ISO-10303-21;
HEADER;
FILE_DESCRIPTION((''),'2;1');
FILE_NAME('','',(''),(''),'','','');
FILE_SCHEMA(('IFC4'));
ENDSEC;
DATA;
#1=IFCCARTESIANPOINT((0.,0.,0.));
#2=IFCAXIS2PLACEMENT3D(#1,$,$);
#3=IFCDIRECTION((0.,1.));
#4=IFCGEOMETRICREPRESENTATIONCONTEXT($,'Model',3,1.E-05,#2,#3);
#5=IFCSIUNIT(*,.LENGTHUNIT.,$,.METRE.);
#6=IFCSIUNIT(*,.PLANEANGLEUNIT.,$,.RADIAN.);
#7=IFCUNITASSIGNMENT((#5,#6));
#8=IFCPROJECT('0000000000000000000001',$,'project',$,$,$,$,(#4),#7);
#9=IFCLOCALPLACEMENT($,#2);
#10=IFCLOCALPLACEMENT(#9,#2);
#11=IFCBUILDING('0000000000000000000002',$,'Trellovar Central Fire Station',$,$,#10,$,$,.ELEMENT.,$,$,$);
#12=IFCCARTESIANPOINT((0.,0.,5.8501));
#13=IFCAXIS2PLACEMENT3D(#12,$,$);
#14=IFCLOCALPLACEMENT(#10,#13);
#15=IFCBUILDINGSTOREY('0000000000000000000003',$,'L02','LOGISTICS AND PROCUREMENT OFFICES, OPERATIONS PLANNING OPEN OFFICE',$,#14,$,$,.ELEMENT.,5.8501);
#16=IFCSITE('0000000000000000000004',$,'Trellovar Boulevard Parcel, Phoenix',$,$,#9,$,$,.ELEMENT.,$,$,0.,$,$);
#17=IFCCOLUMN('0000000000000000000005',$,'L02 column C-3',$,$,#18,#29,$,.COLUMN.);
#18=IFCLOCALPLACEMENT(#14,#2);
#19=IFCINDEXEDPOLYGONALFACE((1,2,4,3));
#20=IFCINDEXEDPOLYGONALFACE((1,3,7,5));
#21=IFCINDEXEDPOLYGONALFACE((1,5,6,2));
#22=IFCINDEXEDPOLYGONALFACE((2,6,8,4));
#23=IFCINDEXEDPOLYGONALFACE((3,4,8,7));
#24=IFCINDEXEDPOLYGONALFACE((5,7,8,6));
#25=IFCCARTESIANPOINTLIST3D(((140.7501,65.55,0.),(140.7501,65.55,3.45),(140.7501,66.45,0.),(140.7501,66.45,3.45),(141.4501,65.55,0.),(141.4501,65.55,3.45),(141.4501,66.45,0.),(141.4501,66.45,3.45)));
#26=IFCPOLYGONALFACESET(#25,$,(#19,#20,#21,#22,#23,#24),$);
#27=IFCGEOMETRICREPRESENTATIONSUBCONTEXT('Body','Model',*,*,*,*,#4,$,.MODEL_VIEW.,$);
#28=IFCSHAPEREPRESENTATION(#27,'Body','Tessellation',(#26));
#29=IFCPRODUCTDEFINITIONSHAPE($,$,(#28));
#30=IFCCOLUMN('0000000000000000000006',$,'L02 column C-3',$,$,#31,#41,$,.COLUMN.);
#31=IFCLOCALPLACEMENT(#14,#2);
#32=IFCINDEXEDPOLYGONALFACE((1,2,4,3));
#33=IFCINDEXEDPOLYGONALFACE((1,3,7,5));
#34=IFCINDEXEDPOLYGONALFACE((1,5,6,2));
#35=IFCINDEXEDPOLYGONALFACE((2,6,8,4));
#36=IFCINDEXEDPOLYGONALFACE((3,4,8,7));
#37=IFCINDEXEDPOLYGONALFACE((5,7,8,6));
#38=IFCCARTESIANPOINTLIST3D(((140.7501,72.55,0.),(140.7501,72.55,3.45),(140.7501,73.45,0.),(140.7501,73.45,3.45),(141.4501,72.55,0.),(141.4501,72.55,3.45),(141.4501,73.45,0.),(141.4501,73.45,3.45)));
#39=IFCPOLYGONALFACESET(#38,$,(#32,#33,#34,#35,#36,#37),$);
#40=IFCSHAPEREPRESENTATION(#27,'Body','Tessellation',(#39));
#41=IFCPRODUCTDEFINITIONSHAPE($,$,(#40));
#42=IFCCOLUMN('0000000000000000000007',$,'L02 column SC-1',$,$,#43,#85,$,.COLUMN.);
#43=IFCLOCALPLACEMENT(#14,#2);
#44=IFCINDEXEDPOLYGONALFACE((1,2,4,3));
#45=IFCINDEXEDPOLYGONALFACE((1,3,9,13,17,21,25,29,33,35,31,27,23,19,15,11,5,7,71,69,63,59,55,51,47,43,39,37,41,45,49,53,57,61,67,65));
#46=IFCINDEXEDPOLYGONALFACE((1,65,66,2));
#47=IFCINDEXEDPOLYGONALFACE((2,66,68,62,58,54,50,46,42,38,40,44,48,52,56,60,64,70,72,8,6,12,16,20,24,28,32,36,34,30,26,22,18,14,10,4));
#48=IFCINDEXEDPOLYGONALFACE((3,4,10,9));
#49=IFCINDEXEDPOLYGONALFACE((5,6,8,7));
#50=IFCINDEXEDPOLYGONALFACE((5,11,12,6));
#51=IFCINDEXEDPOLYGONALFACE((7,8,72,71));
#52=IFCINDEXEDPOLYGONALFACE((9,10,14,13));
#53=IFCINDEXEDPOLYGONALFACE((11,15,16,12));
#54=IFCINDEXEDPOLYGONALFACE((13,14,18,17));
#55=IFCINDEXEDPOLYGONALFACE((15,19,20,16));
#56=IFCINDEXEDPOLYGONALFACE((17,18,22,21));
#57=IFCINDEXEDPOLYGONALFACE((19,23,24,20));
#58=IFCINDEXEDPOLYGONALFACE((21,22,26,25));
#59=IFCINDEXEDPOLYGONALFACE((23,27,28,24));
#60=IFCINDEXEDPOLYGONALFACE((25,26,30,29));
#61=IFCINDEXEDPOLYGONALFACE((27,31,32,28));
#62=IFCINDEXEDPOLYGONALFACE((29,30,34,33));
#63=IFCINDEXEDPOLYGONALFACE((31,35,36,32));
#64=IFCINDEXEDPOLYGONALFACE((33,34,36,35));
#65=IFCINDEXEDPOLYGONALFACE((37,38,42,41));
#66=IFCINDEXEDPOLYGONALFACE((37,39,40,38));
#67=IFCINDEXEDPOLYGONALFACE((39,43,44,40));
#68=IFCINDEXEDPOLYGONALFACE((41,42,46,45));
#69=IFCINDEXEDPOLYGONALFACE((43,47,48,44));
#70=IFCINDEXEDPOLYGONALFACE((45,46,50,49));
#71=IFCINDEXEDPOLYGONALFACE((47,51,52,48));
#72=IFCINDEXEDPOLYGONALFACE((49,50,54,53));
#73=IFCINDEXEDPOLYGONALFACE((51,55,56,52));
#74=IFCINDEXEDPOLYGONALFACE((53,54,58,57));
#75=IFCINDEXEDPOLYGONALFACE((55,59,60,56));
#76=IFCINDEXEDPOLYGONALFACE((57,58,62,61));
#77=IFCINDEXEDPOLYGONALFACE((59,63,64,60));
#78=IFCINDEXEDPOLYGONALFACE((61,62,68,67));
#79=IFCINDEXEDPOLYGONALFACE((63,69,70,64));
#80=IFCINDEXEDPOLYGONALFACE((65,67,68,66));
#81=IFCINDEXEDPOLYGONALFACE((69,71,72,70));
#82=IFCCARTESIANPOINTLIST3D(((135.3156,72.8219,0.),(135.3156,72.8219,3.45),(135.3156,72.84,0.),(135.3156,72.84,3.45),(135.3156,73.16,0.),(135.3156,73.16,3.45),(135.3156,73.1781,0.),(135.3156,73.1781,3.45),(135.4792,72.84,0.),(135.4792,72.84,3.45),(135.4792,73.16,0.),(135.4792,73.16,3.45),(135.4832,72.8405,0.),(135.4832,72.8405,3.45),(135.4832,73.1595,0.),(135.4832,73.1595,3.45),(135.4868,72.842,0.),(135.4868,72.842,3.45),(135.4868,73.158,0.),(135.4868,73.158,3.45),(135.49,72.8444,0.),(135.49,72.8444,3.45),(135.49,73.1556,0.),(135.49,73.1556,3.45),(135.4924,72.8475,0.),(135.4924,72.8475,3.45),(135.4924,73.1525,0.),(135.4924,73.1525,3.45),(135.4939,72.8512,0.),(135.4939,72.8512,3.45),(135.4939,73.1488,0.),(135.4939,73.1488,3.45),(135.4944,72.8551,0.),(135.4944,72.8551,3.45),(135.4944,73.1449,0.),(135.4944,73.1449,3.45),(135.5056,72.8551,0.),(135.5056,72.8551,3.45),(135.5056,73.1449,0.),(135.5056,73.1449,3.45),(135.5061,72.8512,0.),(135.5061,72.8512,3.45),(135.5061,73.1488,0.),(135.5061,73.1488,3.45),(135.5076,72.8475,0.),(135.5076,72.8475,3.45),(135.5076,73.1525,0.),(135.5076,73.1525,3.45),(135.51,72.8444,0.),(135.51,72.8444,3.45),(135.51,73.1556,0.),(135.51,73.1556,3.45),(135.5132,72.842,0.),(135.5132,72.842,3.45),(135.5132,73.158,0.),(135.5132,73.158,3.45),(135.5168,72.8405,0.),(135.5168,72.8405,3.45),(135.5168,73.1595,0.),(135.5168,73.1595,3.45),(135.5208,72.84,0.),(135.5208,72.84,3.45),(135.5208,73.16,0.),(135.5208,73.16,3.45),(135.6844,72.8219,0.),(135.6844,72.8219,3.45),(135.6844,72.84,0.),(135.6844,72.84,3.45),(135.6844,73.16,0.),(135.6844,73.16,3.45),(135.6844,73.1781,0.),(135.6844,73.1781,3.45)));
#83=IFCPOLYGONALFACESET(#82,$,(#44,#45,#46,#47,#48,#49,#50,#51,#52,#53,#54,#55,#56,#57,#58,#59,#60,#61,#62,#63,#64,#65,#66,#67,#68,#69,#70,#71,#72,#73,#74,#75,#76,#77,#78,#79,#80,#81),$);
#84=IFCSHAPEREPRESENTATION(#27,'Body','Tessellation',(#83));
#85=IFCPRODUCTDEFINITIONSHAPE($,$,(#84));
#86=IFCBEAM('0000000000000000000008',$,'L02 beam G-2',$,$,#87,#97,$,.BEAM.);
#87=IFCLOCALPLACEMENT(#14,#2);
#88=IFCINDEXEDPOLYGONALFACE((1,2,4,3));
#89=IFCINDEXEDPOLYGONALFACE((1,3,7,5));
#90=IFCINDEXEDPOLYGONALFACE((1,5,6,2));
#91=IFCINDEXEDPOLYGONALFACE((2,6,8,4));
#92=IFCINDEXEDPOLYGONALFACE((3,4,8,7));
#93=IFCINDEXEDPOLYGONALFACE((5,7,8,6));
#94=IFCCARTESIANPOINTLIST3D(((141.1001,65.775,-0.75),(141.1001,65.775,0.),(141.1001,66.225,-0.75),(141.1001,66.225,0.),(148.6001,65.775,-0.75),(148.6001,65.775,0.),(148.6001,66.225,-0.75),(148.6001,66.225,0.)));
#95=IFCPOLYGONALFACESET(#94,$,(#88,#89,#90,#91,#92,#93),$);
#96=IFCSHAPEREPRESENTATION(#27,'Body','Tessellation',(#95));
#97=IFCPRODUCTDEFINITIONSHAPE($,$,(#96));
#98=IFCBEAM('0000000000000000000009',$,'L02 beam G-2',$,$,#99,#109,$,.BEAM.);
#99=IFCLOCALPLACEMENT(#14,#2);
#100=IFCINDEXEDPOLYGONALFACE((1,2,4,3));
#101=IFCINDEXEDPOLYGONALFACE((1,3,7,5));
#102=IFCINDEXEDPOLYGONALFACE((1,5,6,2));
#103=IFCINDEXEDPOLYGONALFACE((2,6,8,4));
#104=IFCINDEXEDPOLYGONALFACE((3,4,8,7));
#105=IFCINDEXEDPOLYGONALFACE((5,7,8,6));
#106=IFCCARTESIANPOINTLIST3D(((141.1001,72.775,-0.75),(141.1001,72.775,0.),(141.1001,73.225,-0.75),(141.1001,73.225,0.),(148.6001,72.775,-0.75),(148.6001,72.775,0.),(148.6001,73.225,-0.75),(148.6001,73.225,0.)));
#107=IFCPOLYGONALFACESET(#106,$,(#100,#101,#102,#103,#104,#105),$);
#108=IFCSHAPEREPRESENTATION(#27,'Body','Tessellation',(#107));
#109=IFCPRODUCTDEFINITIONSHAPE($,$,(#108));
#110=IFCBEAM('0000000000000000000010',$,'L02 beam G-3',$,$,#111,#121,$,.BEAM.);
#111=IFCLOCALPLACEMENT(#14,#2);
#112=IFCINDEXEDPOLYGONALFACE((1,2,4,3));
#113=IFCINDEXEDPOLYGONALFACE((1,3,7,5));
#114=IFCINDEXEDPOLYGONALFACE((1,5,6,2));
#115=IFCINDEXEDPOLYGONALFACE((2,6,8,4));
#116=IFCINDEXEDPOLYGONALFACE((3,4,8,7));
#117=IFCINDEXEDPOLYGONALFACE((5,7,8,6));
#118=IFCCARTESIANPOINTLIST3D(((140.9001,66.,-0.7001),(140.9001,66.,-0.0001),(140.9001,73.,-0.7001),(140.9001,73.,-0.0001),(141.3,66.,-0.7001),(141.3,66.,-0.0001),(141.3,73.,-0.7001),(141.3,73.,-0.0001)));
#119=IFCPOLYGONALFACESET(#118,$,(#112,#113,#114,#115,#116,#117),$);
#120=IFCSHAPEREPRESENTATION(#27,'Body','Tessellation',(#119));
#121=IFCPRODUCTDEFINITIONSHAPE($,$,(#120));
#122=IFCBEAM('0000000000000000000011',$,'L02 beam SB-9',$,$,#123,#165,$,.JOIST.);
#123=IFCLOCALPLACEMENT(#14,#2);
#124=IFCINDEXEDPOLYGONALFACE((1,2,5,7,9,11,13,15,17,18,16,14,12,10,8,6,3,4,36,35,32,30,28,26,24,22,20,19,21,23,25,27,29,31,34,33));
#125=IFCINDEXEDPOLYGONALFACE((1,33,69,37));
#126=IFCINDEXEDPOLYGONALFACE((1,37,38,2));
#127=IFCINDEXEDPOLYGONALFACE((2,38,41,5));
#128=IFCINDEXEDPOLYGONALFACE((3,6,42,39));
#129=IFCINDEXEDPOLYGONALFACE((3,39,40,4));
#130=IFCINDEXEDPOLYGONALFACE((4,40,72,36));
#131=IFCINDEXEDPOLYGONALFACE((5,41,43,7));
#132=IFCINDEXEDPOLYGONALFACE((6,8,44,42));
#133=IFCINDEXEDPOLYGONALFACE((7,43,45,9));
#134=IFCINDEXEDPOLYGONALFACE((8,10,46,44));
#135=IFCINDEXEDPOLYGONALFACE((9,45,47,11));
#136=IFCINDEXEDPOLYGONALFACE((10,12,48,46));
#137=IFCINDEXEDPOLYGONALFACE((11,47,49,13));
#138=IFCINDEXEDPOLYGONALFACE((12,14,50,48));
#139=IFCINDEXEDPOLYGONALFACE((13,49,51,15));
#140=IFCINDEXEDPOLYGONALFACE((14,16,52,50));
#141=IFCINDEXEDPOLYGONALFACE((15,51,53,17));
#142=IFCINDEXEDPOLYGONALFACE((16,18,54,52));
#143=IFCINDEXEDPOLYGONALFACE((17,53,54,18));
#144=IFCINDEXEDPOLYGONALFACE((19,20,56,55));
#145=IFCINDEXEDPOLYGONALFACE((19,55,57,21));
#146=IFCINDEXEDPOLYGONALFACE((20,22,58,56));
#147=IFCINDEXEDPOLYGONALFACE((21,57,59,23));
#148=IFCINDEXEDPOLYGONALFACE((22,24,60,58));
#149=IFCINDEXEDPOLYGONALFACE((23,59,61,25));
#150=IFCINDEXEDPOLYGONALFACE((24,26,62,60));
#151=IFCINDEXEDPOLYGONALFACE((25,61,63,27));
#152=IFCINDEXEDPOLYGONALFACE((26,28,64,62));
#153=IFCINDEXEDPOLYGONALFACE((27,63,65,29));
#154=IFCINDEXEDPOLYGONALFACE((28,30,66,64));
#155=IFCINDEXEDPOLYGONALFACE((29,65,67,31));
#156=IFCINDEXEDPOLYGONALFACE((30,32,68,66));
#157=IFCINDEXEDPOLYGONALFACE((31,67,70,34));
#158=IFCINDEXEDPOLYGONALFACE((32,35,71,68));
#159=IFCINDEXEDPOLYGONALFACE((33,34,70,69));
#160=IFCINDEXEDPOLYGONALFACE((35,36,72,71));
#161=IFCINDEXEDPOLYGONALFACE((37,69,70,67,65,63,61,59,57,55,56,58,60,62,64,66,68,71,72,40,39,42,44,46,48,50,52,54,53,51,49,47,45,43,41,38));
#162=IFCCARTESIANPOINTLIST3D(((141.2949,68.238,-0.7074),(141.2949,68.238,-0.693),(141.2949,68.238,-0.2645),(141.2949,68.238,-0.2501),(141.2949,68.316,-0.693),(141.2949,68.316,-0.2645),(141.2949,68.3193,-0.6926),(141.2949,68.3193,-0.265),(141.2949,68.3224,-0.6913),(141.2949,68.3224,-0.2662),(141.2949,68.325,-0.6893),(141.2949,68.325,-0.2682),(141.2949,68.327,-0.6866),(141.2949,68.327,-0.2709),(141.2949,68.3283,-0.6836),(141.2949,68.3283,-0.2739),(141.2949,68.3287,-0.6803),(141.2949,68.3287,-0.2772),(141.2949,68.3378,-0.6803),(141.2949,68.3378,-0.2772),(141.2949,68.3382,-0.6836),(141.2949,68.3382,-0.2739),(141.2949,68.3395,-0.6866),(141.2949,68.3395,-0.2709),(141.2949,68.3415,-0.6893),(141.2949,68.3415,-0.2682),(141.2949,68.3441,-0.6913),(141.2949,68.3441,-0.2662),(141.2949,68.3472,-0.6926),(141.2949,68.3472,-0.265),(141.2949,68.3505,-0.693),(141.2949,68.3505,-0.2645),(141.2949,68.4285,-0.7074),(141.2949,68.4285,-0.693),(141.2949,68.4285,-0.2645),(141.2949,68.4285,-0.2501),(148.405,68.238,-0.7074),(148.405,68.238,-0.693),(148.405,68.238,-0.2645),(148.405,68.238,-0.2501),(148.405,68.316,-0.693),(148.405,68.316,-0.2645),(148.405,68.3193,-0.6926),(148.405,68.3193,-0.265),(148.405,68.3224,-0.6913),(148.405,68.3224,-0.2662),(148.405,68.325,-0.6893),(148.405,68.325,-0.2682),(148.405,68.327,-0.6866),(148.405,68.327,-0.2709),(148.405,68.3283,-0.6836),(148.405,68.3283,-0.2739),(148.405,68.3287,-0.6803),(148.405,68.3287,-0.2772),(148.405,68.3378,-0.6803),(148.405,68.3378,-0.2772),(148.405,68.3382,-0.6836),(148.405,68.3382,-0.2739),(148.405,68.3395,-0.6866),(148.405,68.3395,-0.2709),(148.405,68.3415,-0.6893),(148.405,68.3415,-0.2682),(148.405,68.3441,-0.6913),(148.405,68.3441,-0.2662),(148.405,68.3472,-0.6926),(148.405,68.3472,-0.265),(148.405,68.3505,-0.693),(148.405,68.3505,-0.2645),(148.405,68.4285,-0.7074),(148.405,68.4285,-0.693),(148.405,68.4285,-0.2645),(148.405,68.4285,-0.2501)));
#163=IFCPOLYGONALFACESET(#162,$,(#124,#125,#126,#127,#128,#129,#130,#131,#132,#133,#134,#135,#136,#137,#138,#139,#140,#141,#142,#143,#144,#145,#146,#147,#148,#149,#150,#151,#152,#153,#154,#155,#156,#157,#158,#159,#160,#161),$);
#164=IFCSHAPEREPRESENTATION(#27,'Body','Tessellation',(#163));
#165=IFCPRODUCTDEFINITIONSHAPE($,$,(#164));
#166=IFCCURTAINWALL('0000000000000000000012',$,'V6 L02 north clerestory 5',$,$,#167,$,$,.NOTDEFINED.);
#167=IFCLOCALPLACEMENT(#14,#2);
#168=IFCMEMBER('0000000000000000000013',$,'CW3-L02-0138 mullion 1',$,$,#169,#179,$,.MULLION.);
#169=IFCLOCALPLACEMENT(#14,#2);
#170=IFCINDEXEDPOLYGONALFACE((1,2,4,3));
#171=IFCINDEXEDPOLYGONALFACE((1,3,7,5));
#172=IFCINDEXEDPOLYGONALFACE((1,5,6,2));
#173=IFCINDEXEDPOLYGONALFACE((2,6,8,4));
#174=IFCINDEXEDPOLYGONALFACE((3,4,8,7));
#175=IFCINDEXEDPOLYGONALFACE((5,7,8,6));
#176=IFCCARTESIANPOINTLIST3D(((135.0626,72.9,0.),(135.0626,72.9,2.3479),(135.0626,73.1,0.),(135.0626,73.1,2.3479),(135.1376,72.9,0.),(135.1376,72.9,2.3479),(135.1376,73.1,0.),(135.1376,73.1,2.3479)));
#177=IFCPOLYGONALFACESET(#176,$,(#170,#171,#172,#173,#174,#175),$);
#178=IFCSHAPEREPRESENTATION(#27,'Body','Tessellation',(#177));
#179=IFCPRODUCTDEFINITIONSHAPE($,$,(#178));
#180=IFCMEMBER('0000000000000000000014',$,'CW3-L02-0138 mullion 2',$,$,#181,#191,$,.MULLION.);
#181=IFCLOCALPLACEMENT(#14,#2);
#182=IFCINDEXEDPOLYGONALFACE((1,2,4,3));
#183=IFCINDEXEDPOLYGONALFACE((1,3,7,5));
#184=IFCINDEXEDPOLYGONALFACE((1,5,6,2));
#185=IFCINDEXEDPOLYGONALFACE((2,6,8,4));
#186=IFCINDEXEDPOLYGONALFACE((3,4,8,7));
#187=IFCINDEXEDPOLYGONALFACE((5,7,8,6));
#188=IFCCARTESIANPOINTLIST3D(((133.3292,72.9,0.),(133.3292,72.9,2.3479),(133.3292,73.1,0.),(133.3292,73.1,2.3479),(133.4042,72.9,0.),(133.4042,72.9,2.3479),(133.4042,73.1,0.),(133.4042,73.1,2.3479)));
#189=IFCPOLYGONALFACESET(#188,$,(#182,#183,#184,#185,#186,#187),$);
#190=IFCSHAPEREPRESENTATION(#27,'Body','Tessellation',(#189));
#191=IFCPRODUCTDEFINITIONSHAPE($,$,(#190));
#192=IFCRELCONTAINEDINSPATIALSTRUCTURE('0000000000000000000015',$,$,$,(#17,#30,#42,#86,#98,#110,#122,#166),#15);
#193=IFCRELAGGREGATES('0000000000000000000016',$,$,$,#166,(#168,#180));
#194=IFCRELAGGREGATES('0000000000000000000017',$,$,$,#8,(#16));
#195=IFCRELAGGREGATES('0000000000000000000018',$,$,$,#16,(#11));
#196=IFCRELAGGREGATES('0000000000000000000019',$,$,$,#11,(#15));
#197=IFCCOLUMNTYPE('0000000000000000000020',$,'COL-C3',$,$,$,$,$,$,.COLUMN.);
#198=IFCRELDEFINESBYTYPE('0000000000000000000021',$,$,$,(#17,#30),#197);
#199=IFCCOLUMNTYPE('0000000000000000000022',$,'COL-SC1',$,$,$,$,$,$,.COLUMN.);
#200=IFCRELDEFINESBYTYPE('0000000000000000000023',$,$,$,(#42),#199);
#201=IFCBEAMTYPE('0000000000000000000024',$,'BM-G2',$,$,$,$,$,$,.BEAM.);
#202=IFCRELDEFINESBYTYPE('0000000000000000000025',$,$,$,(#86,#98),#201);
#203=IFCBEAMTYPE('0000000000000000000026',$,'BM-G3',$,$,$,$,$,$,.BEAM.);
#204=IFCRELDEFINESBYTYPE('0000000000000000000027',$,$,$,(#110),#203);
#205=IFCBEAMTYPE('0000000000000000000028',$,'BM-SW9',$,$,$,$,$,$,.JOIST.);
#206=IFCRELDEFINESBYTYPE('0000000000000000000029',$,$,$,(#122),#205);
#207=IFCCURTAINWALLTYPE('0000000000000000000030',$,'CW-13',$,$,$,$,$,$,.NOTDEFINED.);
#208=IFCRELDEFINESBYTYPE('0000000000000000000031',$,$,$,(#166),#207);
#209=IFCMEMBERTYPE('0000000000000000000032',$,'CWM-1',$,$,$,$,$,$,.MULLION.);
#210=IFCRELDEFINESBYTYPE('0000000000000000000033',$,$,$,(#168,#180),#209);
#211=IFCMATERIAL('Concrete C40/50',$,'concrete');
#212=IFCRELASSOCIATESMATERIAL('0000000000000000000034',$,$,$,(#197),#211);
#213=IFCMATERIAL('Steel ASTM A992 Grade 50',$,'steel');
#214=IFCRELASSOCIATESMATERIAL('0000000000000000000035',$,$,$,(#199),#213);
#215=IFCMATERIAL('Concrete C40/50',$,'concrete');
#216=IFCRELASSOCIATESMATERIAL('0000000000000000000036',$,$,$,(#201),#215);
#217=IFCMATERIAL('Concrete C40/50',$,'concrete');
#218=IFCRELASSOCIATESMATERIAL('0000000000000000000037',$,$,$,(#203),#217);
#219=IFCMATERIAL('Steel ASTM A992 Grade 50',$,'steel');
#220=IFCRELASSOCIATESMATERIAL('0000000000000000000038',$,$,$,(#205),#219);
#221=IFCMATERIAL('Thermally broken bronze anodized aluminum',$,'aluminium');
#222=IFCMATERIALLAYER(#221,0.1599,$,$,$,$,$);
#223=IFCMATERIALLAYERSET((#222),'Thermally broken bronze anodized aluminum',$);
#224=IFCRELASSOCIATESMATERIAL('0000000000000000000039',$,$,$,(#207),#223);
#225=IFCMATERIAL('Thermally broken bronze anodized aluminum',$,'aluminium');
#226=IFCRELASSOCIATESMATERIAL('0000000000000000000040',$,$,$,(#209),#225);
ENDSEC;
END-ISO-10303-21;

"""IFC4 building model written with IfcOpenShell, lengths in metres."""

from ifc_helpers import new_model, si_unit, direction, frame, origin, origin_2d, place, context, subcontext, project, spatial, rectangle, i_section, extrude, material, layer, layer_set, material_profile, profile_set, type_object, element, aggregate, save


model = new_model("IFC4")

# Units and contexts
model_context = context("Model", 3, precision=1e-05, world=origin(), true_north=direction((0.0, 1.0)))
body_context = subcontext(model_context, "Body", "Model", "MODEL_VIEW")
ifc_project = project(units=[si_unit("LENGTHUNIT", "METRE"), si_unit("PLANEANGLEUNIT", "RADIAN")], contexts=[model_context])

# Site, building, storey
site_placement = place(None, origin())
site = spatial("IfcSite", under=ifc_project, at=site_placement, Name="Trellovar Boulevard Parcel, Phoenix", CompositionType="ELEMENT", RefElevation=0.0)
building_placement = place(site_placement, origin())
building = spatial("IfcBuilding", under=site, at=building_placement, Name="Trellovar Central Fire Station", CompositionType="ELEMENT")
storey_placement = place(building_placement, frame((0.0, 0.0, 5.8501)))
storey = spatial("IfcBuildingStorey", under=building, at=storey_placement, Name="L02", Description="LOGISTICS AND PROCUREMENT OFFICES, OPERATIONS PLANNING OPEN OFFICE", CompositionType="ELEMENT", Elevation=5.8501)

# Columns
ifc_material_1 = material(Name="Concrete C40/50", Category="concrete")
ifc_material_profile_1 = material_profile(ifc_material_1, rectangle(XDim=0.7, YDim=0.8999, at=origin_2d()), Name="RC700X900")
ifc_profile_set_1 = profile_set([ifc_material_profile_1], Name="Concrete C40/50")
column_type_1 = type_object("IfcColumnType", Name="COL-C3", PredefinedType="COLUMN", material=ifc_profile_set_1)
for number, where, z_axis, x_axis, name in (
    (1, (141.1001, 66.0, 0.0), (0.0, 0.0, 1.0), (1.0, 0.0, 0.0), "L02 column C-3"),
    (2, (141.1001, 73.0, 0.0), (0.0, 0.0, 1.0), (1.0, 0.0, 0.0), "L02 column C-3"),
):
    element("IfcColumn", number, at=place(storey_placement, frame(where, z_axis=z_axis, x_axis=x_axis)), inside=storey, type_object=column_type_1, Name=name, PredefinedType="COLUMN", context=body_context, shape_type="SweptSolid", body=[
        extrude(rectangle(XDim=0.7, YDim=0.8999, at=origin_2d()), origin(), (0.0, 0.0, 1.0), 3.45),
    ])
ifc_material_2 = material(Name="Steel ASTM A992 Grade 50", Category="steel")
ifc_material_profile_2 = material_profile(ifc_material_2, i_section(OverallWidth=0.3689, OverallDepth=0.3562, WebThickness=0.0112, FlangeThickness=0.0181, FilletRadius=0.0151, at=origin_2d()), Name="W14X90")
ifc_profile_set_2 = profile_set([ifc_material_profile_2], Name="Steel ASTM A992 Grade 50")
column_type_2 = type_object("IfcColumnType", Name="COL-SC1", PredefinedType="COLUMN", material=ifc_profile_set_2)
column_placement = place(storey_placement, frame((135.5, 73.0, 0.0), z_axis=(0.0, 0.0, 1.0), x_axis=(1.0, 0.0, 0.0)))
element("IfcColumn", 3, at=column_placement, inside=storey, type_object=column_type_2, Name="L02 column SC-1", PredefinedType="COLUMN", context=body_context, shape_type="SweptSolid", body=[
    extrude(i_section(OverallWidth=0.3689, OverallDepth=0.3562, WebThickness=0.0112, FlangeThickness=0.0181, FilletRadius=0.0151, at=origin_2d()), origin(), (0.0, 0.0, 1.0), 3.45),
])

# Beams
ifc_material_3 = material(Name="Concrete C40/50", Category="concrete")
ifc_material_profile_3 = material_profile(ifc_material_3, rectangle(XDim=0.45, YDim=0.75, at=origin_2d()), Name="RC450X750")
ifc_profile_set_3 = profile_set([ifc_material_profile_3], Name="Concrete C40/50")
beam_type_1 = type_object("IfcBeamType", Name="BM-G2", PredefinedType="BEAM", material=ifc_profile_set_3)
for number, where, z_axis, x_axis, name in (
    (4, (141.1001, 66.0, -0.375), (1.0, 0.0, 0.0), (0.0, 1.0, 0.0), "L02 beam G-2"),
    (5, (141.1001, 73.0, -0.375), (1.0, 0.0, 0.0), (0.0, 1.0, 0.0), "L02 beam G-2"),
):
    element("IfcBeam", number, at=place(storey_placement, frame(where, z_axis=z_axis, x_axis=x_axis)), inside=storey, type_object=beam_type_1, Name=name, PredefinedType="BEAM", context=body_context, shape_type="SweptSolid", body=[
        extrude(rectangle(XDim=0.45, YDim=0.75, at=origin_2d()), origin(), (0.0, 0.0, 1.0), 7.5),
    ])
ifc_material_4 = material(Name="Concrete C40/50", Category="concrete")
ifc_material_profile_4 = material_profile(ifc_material_4, rectangle(XDim=0.3999, YDim=0.7, at=origin_2d()), Name="RC400X700")
ifc_profile_set_4 = profile_set([ifc_material_profile_4], Name="Concrete C40/50")
beam_type_2 = type_object("IfcBeamType", Name="BM-G3", PredefinedType="BEAM", material=ifc_profile_set_4)
beam_1_placement = place(storey_placement, frame((141.1001, 66.0, -0.3501), z_axis=(0.0, 1.0, 0.0), x_axis=(-1.0, 0.0, 0.0)))
element("IfcBeam", 6, at=beam_1_placement, inside=storey, type_object=beam_type_2, Name="L02 beam G-3", PredefinedType="BEAM", context=body_context, shape_type="SweptSolid", body=[
    extrude(rectangle(XDim=0.3999, YDim=0.7, at=origin_2d()), origin(), (0.0, 0.0, 1.0), 7.0),
])
ifc_material_5 = material(Name="Steel ASTM A992 Grade 50", Category="steel")
ifc_material_profile_5 = material_profile(ifc_material_5, i_section(OverallWidth=0.1904, OverallDepth=0.4573, WebThickness=0.009, FlangeThickness=0.0144, FilletRadius=0.0127, at=origin_2d()), Name="W18X50")
ifc_profile_set_5 = profile_set([ifc_material_profile_5], Name="Steel ASTM A992 Grade 50")
beam_type_3 = type_object("IfcBeamType", Name="BM-SW9", PredefinedType="JOIST", material=ifc_profile_set_5)
beam_2_placement = place(storey_placement, frame((141.2949, 68.3333, -0.4788), z_axis=(1.0, 0.0, 0.0), x_axis=(0.0, 1.0, 0.0)))
element("IfcBeam", 7, at=beam_2_placement, inside=storey, type_object=beam_type_3, Name="L02 beam SB-9", PredefinedType="JOIST", context=body_context, shape_type="SweptSolid", body=[
    extrude(i_section(OverallWidth=0.1904, OverallDepth=0.4573, WebThickness=0.009, FlangeThickness=0.0144, FilletRadius=0.0127, at=origin_2d()), origin(), (0.0, 0.0, 1.0), 7.1101),
])

# Curtain wall, members
ifc_material_6 = material(Name="Thermally broken bronze anodized aluminum", Category="aluminium")
ifc_layer_1 = layer(ifc_material_6, 0.1599)
ifc_layer_set_1 = layer_set([ifc_layer_1], Name="Thermally broken bronze anodized aluminum")
curtain_wall_type_1 = type_object("IfcCurtainWallType", Name="CW-13", PredefinedType="NOTDEFINED", material=ifc_layer_set_1)
curtain_wall_1_placement = place(storey_placement, origin())
curtain_wall_1 = element("IfcCurtainWall", 8, at=curtain_wall_1_placement, inside=storey, type_object=curtain_wall_type_1, Name="V6 L02 north clerestory 5", PredefinedType="NOTDEFINED")
ifc_material_7 = material(Name="Thermally broken bronze anodized aluminum", Category="aluminium")
ifc_material_profile_6 = material_profile(ifc_material_7, rectangle(XDim=0.075, YDim=0.2, at=origin_2d()), Name="ALU75X200")
ifc_profile_set_6 = profile_set([ifc_material_profile_6], Name="Thermally broken bronze anodized aluminum")
member_type_1 = type_object("IfcMemberType", Name="CWM-1", PredefinedType="MULLION", material=ifc_profile_set_6)
member_1_placement = place(storey_placement, frame((135.1001, 73.0, 0.0), z_axis=(0.0, 0.0, 1.0), x_axis=(1.0, 0.0, 0.0)))
member_1 = element("IfcMember", 9, at=member_1_placement, type_object=member_type_1, Name="CW3-L02-0138 mullion 1", PredefinedType="MULLION", context=body_context, shape_type="SweptSolid", body=[
    extrude(rectangle(XDim=0.075, YDim=0.2, at=origin_2d()), origin(), (0.0, 0.0, 1.0), 2.3479),
])
member_2_placement = place(storey_placement, frame((133.3667, 73.0, 0.0), z_axis=(0.0, 0.0, 1.0), x_axis=(1.0, 0.0, 0.0)))
member_2 = element("IfcMember", 10, at=member_2_placement, type_object=member_type_1, Name="CW3-L02-0138 mullion 2", PredefinedType="MULLION", context=body_context, shape_type="SweptSolid", body=[
    extrude(rectangle(XDim=0.075, YDim=0.2, at=origin_2d()), origin(), (0.0, 0.0, 1.0), 2.3479),
])

aggregate(curtain_wall_1, [member_1, member_2])

save(model, "model.ifc")
